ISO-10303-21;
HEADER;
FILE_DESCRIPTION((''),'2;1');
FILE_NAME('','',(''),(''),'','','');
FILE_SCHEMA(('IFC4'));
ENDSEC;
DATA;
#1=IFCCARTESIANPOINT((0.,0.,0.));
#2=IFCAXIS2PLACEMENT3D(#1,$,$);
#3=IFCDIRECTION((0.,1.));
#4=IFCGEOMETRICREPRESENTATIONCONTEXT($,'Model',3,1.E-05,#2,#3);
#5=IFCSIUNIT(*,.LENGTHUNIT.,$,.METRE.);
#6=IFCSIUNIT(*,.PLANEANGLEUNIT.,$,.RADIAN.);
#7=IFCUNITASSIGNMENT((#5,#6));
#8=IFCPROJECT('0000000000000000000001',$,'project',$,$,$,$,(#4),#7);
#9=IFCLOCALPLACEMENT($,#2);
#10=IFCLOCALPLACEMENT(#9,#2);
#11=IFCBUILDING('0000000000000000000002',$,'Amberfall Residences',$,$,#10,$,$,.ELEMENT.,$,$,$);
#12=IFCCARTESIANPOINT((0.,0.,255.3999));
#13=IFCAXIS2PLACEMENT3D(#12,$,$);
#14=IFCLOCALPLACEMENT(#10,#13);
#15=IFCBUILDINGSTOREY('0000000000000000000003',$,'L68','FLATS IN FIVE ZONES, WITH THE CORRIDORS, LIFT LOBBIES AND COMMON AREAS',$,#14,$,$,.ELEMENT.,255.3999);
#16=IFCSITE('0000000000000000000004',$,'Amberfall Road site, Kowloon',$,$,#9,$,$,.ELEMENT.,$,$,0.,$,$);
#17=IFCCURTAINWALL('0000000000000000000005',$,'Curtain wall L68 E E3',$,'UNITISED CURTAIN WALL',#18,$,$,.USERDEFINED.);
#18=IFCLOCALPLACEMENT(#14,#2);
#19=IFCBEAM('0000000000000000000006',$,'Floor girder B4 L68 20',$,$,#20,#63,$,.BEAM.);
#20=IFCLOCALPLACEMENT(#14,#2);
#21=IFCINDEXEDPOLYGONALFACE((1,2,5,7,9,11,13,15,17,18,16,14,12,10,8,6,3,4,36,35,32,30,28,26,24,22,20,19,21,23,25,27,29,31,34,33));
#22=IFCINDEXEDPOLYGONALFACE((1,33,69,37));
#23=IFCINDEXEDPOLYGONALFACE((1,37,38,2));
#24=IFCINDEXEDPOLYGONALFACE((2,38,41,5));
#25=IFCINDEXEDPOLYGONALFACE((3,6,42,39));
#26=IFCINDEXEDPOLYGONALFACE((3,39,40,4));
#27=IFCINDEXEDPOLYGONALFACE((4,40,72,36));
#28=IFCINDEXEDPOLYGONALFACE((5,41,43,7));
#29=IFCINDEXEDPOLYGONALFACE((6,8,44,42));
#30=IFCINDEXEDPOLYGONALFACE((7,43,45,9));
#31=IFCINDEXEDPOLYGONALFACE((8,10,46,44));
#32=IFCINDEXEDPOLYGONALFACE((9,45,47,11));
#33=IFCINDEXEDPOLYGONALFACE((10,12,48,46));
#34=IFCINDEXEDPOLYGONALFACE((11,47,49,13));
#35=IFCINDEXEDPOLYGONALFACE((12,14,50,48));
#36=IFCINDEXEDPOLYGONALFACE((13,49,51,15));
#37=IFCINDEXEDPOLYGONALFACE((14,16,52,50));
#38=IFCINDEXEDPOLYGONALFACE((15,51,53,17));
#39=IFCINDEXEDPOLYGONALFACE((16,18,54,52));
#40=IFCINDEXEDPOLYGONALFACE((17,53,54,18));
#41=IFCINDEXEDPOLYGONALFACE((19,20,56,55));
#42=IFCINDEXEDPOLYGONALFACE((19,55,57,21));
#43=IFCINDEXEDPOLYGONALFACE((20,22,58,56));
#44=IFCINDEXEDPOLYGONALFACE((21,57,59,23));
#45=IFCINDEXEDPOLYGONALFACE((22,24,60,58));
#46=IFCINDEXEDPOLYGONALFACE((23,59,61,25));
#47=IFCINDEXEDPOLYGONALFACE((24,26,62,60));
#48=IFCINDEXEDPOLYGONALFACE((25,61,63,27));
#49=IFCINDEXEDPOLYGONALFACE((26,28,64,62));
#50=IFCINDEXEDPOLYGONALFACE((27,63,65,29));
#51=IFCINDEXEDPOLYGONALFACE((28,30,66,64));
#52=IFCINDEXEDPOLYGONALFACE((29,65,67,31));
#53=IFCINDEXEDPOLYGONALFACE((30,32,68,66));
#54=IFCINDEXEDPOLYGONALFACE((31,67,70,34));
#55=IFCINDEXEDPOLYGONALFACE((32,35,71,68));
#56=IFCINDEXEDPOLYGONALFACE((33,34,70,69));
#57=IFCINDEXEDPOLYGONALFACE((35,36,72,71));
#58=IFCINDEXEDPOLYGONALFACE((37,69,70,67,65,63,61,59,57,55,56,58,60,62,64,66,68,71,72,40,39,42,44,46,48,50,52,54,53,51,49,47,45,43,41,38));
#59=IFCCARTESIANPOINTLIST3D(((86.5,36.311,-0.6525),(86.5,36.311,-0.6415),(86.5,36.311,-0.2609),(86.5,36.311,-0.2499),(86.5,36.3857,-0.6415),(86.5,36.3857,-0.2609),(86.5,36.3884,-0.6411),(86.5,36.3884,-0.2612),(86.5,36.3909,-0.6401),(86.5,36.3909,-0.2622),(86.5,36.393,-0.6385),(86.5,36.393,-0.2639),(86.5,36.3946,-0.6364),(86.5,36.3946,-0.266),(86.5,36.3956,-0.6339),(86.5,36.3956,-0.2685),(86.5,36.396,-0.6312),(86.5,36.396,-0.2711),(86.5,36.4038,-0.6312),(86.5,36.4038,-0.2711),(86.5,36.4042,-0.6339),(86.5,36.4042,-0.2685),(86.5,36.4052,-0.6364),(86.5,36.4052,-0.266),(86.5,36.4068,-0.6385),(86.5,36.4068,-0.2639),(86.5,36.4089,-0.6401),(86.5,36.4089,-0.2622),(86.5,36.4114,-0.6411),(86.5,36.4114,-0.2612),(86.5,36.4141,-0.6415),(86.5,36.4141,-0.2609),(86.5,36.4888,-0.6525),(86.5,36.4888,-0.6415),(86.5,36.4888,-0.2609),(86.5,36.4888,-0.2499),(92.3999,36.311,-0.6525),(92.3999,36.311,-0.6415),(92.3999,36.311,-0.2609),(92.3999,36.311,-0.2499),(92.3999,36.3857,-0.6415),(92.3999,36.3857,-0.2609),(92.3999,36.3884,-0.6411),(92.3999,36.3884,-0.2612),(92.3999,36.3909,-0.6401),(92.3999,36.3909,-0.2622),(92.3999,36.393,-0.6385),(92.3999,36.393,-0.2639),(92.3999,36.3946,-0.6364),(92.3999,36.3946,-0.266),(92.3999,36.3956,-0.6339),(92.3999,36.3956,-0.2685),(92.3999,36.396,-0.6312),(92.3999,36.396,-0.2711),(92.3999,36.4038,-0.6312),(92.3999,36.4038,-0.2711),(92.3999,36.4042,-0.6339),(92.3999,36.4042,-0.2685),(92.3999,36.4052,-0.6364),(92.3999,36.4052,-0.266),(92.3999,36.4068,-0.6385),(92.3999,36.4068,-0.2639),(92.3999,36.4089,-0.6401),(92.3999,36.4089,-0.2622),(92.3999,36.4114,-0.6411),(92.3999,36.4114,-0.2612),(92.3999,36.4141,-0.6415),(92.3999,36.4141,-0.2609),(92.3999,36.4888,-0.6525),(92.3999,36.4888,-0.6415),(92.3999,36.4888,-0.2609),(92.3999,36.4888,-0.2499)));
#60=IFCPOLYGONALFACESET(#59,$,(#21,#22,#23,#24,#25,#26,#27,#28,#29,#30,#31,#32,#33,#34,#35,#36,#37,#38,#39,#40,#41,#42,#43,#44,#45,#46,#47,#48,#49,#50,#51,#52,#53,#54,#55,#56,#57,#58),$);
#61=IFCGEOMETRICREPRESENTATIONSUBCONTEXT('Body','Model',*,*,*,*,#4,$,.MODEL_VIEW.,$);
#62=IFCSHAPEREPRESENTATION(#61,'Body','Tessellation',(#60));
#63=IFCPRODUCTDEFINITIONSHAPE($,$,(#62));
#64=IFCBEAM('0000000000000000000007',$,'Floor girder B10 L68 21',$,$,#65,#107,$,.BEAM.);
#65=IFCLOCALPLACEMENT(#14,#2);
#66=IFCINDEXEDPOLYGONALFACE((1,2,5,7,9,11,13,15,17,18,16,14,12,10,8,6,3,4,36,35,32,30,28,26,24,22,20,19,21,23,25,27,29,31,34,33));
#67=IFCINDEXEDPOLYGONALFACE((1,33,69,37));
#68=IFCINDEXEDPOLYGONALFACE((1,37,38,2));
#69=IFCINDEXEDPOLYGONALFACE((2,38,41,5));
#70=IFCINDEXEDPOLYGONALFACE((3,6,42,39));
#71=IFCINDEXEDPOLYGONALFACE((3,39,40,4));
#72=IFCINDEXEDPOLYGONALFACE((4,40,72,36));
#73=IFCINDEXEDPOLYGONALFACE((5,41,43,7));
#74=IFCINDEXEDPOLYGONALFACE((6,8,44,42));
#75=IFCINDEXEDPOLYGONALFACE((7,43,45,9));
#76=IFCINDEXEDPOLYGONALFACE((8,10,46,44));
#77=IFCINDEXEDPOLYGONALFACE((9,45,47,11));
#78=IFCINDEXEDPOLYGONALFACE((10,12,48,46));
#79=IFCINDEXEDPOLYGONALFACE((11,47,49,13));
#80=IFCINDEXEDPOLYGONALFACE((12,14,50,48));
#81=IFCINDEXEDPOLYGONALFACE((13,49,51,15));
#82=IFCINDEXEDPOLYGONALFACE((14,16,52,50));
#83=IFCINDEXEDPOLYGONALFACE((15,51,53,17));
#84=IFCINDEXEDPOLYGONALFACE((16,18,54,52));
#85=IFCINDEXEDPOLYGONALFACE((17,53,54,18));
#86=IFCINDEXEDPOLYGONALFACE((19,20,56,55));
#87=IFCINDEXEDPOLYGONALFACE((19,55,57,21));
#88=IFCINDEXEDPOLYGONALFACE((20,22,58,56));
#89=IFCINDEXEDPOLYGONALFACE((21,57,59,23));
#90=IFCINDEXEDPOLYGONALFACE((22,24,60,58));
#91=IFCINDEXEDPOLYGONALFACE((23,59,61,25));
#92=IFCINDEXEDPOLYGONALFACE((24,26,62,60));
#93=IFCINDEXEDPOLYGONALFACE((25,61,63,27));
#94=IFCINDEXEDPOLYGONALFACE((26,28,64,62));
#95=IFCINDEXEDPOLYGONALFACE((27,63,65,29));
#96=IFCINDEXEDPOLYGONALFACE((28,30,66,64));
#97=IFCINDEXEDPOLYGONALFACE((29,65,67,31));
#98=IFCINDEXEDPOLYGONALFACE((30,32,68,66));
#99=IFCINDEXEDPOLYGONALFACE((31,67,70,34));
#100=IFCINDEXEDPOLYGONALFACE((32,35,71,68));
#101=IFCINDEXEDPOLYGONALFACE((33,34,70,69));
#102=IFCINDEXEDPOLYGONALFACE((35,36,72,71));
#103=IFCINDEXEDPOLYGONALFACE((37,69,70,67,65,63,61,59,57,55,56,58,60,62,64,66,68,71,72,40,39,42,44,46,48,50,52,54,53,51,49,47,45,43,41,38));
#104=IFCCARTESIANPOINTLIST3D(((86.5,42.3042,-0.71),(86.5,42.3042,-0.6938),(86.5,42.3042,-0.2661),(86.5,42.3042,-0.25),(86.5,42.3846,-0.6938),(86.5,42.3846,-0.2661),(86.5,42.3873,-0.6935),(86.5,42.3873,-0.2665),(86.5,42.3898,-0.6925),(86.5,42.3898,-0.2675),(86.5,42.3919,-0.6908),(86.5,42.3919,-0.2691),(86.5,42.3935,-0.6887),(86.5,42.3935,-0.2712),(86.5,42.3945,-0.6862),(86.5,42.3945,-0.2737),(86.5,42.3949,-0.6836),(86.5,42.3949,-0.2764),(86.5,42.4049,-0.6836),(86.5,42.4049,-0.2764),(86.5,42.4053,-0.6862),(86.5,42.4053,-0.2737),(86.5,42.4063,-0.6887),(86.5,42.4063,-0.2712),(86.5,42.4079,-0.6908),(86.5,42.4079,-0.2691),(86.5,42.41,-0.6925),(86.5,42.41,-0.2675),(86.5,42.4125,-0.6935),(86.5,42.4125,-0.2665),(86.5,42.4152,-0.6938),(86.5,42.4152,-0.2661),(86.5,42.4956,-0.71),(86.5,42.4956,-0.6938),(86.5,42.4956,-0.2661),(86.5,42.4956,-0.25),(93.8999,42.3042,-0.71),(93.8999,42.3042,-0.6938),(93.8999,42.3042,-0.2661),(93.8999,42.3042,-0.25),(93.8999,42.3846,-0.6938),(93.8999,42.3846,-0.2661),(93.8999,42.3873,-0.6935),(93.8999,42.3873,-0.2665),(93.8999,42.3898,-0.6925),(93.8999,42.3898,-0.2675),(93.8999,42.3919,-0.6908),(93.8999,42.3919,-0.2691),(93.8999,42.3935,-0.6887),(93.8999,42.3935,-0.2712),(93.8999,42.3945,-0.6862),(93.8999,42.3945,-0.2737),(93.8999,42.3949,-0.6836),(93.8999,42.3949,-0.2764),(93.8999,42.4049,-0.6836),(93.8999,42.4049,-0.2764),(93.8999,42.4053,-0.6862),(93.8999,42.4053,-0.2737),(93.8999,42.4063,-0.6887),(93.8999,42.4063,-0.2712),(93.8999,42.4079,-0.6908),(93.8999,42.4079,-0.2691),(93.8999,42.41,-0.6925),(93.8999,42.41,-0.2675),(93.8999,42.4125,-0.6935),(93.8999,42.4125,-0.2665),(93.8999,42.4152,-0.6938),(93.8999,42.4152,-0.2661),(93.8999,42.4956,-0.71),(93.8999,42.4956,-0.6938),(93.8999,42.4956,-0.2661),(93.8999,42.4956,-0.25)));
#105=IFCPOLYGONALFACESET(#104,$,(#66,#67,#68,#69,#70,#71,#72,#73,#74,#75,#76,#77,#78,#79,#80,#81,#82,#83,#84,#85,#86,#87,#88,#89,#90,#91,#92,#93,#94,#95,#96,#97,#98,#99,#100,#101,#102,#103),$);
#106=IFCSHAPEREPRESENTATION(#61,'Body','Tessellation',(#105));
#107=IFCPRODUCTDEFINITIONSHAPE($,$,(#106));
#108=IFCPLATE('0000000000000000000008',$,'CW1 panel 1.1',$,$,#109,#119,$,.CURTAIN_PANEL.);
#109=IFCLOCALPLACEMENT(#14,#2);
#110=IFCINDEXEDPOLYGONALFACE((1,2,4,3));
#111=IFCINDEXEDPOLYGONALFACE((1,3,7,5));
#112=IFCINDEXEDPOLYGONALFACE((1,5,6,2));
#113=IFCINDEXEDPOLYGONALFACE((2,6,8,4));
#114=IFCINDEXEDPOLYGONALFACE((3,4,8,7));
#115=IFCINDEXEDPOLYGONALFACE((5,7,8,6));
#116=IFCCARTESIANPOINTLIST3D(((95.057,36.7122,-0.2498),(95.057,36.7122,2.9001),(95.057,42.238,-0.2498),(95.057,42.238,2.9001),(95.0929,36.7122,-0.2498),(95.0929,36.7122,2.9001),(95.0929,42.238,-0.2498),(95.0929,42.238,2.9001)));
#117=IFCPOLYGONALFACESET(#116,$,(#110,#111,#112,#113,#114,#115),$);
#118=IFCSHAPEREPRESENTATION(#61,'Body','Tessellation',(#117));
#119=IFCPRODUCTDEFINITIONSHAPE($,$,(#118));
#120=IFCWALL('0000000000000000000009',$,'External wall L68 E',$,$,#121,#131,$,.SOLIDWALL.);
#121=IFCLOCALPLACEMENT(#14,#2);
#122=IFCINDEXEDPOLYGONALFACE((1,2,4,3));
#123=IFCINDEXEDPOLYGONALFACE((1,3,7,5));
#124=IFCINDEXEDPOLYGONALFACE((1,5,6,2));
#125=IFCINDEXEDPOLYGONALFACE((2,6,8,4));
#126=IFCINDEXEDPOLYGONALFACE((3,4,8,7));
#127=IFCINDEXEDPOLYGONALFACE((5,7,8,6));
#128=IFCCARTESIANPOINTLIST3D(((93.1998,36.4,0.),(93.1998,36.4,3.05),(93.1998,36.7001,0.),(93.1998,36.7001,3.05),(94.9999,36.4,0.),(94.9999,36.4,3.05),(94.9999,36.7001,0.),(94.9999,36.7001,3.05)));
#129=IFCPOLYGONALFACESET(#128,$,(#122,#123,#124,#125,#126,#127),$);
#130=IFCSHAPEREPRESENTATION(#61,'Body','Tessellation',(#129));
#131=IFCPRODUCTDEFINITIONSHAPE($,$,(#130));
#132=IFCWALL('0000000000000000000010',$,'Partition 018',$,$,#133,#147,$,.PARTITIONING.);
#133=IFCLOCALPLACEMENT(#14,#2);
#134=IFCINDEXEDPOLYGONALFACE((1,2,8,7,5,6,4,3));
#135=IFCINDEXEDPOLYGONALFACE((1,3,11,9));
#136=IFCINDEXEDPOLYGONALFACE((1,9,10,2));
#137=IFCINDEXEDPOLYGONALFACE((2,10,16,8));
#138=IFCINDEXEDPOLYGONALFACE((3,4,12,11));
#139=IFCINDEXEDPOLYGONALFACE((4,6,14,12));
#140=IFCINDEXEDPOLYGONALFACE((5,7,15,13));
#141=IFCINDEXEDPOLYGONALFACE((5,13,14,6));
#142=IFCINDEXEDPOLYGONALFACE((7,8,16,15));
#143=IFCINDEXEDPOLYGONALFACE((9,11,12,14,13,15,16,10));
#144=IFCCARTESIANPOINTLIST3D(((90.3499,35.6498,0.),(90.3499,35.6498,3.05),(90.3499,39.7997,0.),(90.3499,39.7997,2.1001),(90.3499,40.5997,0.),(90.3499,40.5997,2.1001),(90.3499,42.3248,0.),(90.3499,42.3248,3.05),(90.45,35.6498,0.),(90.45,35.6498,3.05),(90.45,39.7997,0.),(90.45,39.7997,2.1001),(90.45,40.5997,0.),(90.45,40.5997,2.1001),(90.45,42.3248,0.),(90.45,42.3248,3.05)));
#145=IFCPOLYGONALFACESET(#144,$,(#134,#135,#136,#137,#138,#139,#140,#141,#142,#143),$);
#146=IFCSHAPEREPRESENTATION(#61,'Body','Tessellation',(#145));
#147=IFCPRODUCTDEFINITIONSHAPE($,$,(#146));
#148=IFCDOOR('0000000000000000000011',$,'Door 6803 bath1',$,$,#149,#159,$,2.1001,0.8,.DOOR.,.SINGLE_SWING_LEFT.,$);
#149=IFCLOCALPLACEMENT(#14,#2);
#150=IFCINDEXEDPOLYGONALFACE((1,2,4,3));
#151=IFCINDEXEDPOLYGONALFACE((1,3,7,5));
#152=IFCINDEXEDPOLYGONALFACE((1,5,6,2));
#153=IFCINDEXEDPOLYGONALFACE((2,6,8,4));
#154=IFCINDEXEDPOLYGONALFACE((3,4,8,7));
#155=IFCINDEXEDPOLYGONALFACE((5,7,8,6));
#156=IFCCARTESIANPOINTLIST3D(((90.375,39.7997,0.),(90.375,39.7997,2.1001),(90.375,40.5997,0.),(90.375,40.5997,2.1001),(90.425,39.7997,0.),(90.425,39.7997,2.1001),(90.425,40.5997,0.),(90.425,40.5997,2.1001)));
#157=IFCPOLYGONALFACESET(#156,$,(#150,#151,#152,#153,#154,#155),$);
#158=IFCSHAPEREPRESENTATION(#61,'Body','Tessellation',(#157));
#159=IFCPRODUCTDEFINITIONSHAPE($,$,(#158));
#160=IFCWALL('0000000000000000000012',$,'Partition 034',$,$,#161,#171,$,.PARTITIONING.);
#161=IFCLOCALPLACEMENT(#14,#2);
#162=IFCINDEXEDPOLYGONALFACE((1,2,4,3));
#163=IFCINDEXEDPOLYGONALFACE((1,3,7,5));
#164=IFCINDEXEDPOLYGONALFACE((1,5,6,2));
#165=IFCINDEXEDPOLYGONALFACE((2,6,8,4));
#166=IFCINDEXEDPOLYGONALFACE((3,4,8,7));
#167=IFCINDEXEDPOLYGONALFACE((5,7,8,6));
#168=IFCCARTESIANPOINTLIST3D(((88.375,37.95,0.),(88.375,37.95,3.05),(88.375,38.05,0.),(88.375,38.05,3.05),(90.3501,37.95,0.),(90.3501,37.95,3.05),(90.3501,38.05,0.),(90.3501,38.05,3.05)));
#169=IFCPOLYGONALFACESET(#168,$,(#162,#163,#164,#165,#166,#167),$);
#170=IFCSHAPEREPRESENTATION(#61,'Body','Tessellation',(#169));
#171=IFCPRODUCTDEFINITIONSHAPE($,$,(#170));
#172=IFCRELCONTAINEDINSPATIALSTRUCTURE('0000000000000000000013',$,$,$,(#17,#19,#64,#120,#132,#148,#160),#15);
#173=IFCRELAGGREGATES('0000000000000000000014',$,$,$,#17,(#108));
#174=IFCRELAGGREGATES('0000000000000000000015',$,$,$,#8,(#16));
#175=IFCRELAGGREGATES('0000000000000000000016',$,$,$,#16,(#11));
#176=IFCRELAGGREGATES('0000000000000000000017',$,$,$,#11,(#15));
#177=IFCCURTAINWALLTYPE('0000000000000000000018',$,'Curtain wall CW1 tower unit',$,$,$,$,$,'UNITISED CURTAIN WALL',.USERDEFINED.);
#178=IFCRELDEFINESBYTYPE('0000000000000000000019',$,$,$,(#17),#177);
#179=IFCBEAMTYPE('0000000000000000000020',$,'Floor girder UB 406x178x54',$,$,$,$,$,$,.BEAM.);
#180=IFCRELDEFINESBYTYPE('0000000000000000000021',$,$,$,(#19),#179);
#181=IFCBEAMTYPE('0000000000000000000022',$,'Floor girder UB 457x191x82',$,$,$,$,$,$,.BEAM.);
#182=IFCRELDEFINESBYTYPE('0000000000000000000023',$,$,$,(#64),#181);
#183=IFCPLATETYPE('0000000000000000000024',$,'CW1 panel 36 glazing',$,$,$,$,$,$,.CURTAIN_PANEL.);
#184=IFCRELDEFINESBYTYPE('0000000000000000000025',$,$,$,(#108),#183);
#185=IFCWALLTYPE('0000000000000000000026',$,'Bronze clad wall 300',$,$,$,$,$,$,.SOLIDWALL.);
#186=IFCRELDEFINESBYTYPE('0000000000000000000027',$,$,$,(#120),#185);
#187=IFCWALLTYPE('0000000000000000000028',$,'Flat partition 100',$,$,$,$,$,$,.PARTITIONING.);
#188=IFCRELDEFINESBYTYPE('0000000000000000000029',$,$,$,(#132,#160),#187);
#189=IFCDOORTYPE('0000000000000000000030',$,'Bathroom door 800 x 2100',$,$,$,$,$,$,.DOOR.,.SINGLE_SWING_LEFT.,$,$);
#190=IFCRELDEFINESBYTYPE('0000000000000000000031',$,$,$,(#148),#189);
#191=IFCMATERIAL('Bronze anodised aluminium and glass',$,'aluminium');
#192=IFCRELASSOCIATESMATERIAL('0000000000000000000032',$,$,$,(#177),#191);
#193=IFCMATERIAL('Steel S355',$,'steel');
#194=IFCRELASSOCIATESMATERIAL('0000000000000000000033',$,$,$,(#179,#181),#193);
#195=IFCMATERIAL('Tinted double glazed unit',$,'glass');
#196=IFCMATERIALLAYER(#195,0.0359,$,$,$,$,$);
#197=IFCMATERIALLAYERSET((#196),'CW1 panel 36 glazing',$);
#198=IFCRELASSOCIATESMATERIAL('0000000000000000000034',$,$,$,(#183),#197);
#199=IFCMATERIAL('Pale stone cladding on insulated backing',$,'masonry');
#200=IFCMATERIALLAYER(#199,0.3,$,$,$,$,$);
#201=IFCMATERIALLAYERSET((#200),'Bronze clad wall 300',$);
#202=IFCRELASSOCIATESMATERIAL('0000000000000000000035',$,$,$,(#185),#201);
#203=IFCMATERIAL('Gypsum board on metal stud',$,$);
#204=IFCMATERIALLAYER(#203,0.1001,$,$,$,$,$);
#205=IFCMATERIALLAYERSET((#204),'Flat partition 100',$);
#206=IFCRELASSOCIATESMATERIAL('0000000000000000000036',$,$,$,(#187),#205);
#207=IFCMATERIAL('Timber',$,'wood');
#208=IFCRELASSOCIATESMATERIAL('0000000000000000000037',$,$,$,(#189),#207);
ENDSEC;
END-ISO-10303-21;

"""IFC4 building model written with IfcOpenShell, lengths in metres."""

from ifc_helpers import new_model, si_unit, direction, frame, frame_2d, origin, origin_2d, place, context, subcontext, project, spatial, rectangle, i_section, extrude, material, layer, layer_set, material_profile, profile_set, type_object, element, fill, aggregate, save


model = new_model("IFC4")

# Units and contexts
model_context = context("Model", 3, precision=1e-05, world=origin(), true_north=direction((0.0, 1.0)))
body_context = subcontext(model_context, "Body", "Model", "MODEL_VIEW")
ifc_project = project(units=[si_unit("LENGTHUNIT", "METRE"), si_unit("PLANEANGLEUNIT", "RADIAN")], contexts=[model_context])

# Site, building, storey
site_placement = place(None, origin())
site = spatial("IfcSite", under=ifc_project, at=site_placement, Name="Amberfall Road site, Kowloon", CompositionType="ELEMENT", RefElevation=0.0)
building_placement = place(site_placement, origin())
building = spatial("IfcBuilding", under=site, at=building_placement, Name="Amberfall Residences", CompositionType="ELEMENT")
storey_placement = place(building_placement, frame((0.0, 0.0, 255.3999)))
storey = spatial("IfcBuildingStorey", under=building, at=storey_placement, Name="L68", Description="FLATS IN FIVE ZONES, WITH THE CORRIDORS, LIFT LOBBIES AND COMMON AREAS", CompositionType="ELEMENT", Elevation=255.3999)

# Curtain wall
ifc_material_1 = material(Name="Bronze anodised aluminium and glass", Category="aluminium")
curtain_wall_type = type_object("IfcCurtainWallType", Name="Curtain wall CW1 tower unit", ElementType="UNITISED CURTAIN WALL", PredefinedType="USERDEFINED", material=ifc_material_1)
curtain_wall_placement = place(storey_placement, origin())
curtain_wall = element("IfcCurtainWall", 1, at=curtain_wall_placement, inside=storey, type_object=curtain_wall_type, Name="Curtain wall L68 E E3", ObjectType="UNITISED CURTAIN WALL", PredefinedType="USERDEFINED")

# Shared definitions
ifc_material_2 = material(Name="Steel S355", Category="steel")

# Beams
ifc_material_profile_1 = material_profile(ifc_material_2, i_section(OverallWidth=0.1777, OverallDepth=0.4026, WebThickness=0.0078, FlangeThickness=0.011, FilletRadius=0.0103, at=origin_2d()), Name="UB 406x178x54")
ifc_profile_set_1 = profile_set([ifc_material_profile_1], Name="Steel S355")
beam_type_1 = type_object("IfcBeamType", Name="Floor girder UB 406x178x54", PredefinedType="BEAM", material=ifc_profile_set_1)
beam_1_placement = place(storey_placement, frame((92.3999, 36.3999, -0.4512), z_axis=(-1.0, 0.0, 0.0), x_axis=(0.0, -1.0, 0.0)))
element("IfcBeam", 2, at=beam_1_placement, inside=storey, type_object=beam_type_1, Name="Floor girder B4 L68 20", PredefinedType="BEAM", context=body_context, shape_type="SweptSolid", body=[
    extrude(i_section(OverallWidth=0.1777, OverallDepth=0.4026, WebThickness=0.0078, FlangeThickness=0.011, FilletRadius=0.0103, at=origin_2d()), origin(), (0.0, 0.0, 1.0), 5.8999),
])
ifc_material_profile_2 = material_profile(ifc_material_2, i_section(OverallWidth=0.1914, OverallDepth=0.46, WebThickness=0.01, FlangeThickness=0.0161, FilletRadius=0.0103, at=origin_2d()), Name="UB 457x191x82")
ifc_profile_set_2 = profile_set([ifc_material_profile_2], Name="Steel S355")
beam_type_2 = type_object("IfcBeamType", Name="Floor girder UB 457x191x82", PredefinedType="BEAM", material=ifc_profile_set_2)
beam_2_placement = place(storey_placement, frame((93.8999, 42.3999, -0.48), z_axis=(-1.0, 0.0, 0.0), x_axis=(0.0, -1.0, 0.0)))
element("IfcBeam", 3, at=beam_2_placement, inside=storey, type_object=beam_type_2, Name="Floor girder B10 L68 21", PredefinedType="BEAM", context=body_context, shape_type="SweptSolid", body=[
    extrude(i_section(OverallWidth=0.1914, OverallDepth=0.46, WebThickness=0.01, FlangeThickness=0.0161, FilletRadius=0.0103, at=origin_2d()), origin(), (0.0, 0.0, 1.0), 7.3999),
])

# Plate
ifc_material_3 = material(Name="Tinted double glazed unit", Category="glass")
ifc_layer_1 = layer(ifc_material_3, 0.0359)
ifc_layer_set_1 = layer_set([ifc_layer_1], Name="CW1 panel 36 glazing")
plate_type = type_object("IfcPlateType", Name="CW1 panel 36 glazing", PredefinedType="CURTAIN_PANEL", material=ifc_layer_set_1)
plate_placement = place(storey_placement, frame((95.075, 39.4751, -0.2498), z_axis=(0.0, 0.0, 1.0), x_axis=(0.0, 1.0, 0.0)))
plate = element("IfcPlate", 4, at=plate_placement, type_object=plate_type, Name="CW1 panel 1.1", PredefinedType="CURTAIN_PANEL", context=body_context, shape_type="SweptSolid", body=[
    extrude(rectangle(XDim=5.5259, YDim=0.0359, at=origin_2d()), origin(), (0.0, 0.0, 1.0), 3.1499),
])
aggregate(curtain_wall, [plate])

# Wall
ifc_material_4 = material(Name="Pale stone cladding on insulated backing", Category="masonry")
ifc_layer_2 = layer(ifc_material_4, 0.3)
ifc_layer_set_2 = layer_set([ifc_layer_2], Name="Bronze clad wall 300")
wall_type_1 = type_object("IfcWallType", Name="Bronze clad wall 300", PredefinedType="SOLIDWALL", material=ifc_layer_set_2)
wall_1_placement = place(storey_placement, frame((93.2, 36.55, 0.0), z_axis=(0.0, 0.0, 1.0), x_axis=(1.0, 0.0, 0.0)))
element("IfcWall", 5, at=wall_1_placement, inside=storey, type_object=wall_type_1, Name="External wall L68 E", PredefinedType="SOLIDWALL", context=body_context, shape_type="SweptSolid", body=[
    extrude(rectangle(XDim=1.8, YDim=0.3, at=frame_2d((0.8999, 0.0))), origin(), (0.0, 0.0, 1.0), 3.05),
])

# Wall, opening, door
ifc_material_5 = material(Name="Gypsum board on metal stud")
ifc_layer_3 = layer(ifc_material_5, 0.1001)
ifc_layer_set_3 = layer_set([ifc_layer_3], Name="Flat partition 100")
wall_type_2 = type_object("IfcWallType", Name="Flat partition 100", PredefinedType="PARTITIONING", material=ifc_layer_set_3)
wall_2_placement = place(storey_placement, frame((90.3999, 35.6499, 0.0), z_axis=(0.0, 0.0, 1.0), x_axis=(0.0, 1.0, 0.0)))
wall_2 = element("IfcWall", 6, at=wall_2_placement, inside=storey, type_object=wall_type_2, Name="Partition 018", PredefinedType="PARTITIONING", context=body_context, shape_type="SweptSolid", body=[
    extrude(rectangle(XDim=6.675, YDim=0.1001, at=frame_2d((3.3374, 0.0))), origin(), (0.0, 0.0, 1.0), 3.05),
])
opening_1_placement = place(wall_2_placement, frame((4.1499, 0.0, 0.0)))
opening_1 = element("IfcOpeningElement", 7, at=opening_1_placement, cuts=wall_2, PredefinedType="OPENING", context=body_context, shape_type="SweptSolid", body=[
    extrude(rectangle(XDim=0.8, YDim=2.1001, at=frame_2d((0.3999, 1.05))), frame((0.0, 0.0601, 0.0), z_axis=(0.0, -1.0, 0.0), x_axis=(1.0, 0.0, 0.0)), (0.0, 0.0, 1.0), 0.1201),
])
ifc_material_6 = material(Name="Timber", Category="wood")
door_type_1 = type_object("IfcDoorType", Name="Bathroom door 800 x 2100", OperationType="SINGLE_SWING_LEFT", PredefinedType="DOOR", material=ifc_material_6)
door_1_placement = place(opening_1_placement, origin())
door_1 = element("IfcDoor", 8, at=door_1_placement, inside=storey, type_object=door_type_1, Name="Door 6803 bath1", OperationType="SINGLE_SWING_LEFT", OverallHeight=2.1001, OverallWidth=0.8, PredefinedType="DOOR", context=body_context, shape_type="SweptSolid", body=[
    extrude(rectangle(XDim=0.8, YDim=2.1001, at=frame_2d((0.3999, 1.05))), frame((0.0, 0.0249, 0.0), z_axis=(0.0, -1.0, 0.0), x_axis=(1.0, 0.0, 0.0)), (0.0, 0.0, 1.0), 0.05),
])
fill(opening_1, door_1)

# Wall
wall_3_placement = place(storey_placement, frame((88.375, 38.0, 0.0), z_axis=(0.0, 0.0, 1.0), x_axis=(1.0, 0.0, 0.0)))
element("IfcWall", 9, at=wall_3_placement, inside=storey, type_object=wall_type_2, Name="Partition 034", PredefinedType="PARTITIONING", context=body_context, shape_type="SweptSolid", body=[
    extrude(rectangle(XDim=1.9751, YDim=0.1001, at=frame_2d((0.9875, 0.0))), origin(), (0.0, 0.0, 1.0), 3.05),
])

save(model, "model.ifc")
